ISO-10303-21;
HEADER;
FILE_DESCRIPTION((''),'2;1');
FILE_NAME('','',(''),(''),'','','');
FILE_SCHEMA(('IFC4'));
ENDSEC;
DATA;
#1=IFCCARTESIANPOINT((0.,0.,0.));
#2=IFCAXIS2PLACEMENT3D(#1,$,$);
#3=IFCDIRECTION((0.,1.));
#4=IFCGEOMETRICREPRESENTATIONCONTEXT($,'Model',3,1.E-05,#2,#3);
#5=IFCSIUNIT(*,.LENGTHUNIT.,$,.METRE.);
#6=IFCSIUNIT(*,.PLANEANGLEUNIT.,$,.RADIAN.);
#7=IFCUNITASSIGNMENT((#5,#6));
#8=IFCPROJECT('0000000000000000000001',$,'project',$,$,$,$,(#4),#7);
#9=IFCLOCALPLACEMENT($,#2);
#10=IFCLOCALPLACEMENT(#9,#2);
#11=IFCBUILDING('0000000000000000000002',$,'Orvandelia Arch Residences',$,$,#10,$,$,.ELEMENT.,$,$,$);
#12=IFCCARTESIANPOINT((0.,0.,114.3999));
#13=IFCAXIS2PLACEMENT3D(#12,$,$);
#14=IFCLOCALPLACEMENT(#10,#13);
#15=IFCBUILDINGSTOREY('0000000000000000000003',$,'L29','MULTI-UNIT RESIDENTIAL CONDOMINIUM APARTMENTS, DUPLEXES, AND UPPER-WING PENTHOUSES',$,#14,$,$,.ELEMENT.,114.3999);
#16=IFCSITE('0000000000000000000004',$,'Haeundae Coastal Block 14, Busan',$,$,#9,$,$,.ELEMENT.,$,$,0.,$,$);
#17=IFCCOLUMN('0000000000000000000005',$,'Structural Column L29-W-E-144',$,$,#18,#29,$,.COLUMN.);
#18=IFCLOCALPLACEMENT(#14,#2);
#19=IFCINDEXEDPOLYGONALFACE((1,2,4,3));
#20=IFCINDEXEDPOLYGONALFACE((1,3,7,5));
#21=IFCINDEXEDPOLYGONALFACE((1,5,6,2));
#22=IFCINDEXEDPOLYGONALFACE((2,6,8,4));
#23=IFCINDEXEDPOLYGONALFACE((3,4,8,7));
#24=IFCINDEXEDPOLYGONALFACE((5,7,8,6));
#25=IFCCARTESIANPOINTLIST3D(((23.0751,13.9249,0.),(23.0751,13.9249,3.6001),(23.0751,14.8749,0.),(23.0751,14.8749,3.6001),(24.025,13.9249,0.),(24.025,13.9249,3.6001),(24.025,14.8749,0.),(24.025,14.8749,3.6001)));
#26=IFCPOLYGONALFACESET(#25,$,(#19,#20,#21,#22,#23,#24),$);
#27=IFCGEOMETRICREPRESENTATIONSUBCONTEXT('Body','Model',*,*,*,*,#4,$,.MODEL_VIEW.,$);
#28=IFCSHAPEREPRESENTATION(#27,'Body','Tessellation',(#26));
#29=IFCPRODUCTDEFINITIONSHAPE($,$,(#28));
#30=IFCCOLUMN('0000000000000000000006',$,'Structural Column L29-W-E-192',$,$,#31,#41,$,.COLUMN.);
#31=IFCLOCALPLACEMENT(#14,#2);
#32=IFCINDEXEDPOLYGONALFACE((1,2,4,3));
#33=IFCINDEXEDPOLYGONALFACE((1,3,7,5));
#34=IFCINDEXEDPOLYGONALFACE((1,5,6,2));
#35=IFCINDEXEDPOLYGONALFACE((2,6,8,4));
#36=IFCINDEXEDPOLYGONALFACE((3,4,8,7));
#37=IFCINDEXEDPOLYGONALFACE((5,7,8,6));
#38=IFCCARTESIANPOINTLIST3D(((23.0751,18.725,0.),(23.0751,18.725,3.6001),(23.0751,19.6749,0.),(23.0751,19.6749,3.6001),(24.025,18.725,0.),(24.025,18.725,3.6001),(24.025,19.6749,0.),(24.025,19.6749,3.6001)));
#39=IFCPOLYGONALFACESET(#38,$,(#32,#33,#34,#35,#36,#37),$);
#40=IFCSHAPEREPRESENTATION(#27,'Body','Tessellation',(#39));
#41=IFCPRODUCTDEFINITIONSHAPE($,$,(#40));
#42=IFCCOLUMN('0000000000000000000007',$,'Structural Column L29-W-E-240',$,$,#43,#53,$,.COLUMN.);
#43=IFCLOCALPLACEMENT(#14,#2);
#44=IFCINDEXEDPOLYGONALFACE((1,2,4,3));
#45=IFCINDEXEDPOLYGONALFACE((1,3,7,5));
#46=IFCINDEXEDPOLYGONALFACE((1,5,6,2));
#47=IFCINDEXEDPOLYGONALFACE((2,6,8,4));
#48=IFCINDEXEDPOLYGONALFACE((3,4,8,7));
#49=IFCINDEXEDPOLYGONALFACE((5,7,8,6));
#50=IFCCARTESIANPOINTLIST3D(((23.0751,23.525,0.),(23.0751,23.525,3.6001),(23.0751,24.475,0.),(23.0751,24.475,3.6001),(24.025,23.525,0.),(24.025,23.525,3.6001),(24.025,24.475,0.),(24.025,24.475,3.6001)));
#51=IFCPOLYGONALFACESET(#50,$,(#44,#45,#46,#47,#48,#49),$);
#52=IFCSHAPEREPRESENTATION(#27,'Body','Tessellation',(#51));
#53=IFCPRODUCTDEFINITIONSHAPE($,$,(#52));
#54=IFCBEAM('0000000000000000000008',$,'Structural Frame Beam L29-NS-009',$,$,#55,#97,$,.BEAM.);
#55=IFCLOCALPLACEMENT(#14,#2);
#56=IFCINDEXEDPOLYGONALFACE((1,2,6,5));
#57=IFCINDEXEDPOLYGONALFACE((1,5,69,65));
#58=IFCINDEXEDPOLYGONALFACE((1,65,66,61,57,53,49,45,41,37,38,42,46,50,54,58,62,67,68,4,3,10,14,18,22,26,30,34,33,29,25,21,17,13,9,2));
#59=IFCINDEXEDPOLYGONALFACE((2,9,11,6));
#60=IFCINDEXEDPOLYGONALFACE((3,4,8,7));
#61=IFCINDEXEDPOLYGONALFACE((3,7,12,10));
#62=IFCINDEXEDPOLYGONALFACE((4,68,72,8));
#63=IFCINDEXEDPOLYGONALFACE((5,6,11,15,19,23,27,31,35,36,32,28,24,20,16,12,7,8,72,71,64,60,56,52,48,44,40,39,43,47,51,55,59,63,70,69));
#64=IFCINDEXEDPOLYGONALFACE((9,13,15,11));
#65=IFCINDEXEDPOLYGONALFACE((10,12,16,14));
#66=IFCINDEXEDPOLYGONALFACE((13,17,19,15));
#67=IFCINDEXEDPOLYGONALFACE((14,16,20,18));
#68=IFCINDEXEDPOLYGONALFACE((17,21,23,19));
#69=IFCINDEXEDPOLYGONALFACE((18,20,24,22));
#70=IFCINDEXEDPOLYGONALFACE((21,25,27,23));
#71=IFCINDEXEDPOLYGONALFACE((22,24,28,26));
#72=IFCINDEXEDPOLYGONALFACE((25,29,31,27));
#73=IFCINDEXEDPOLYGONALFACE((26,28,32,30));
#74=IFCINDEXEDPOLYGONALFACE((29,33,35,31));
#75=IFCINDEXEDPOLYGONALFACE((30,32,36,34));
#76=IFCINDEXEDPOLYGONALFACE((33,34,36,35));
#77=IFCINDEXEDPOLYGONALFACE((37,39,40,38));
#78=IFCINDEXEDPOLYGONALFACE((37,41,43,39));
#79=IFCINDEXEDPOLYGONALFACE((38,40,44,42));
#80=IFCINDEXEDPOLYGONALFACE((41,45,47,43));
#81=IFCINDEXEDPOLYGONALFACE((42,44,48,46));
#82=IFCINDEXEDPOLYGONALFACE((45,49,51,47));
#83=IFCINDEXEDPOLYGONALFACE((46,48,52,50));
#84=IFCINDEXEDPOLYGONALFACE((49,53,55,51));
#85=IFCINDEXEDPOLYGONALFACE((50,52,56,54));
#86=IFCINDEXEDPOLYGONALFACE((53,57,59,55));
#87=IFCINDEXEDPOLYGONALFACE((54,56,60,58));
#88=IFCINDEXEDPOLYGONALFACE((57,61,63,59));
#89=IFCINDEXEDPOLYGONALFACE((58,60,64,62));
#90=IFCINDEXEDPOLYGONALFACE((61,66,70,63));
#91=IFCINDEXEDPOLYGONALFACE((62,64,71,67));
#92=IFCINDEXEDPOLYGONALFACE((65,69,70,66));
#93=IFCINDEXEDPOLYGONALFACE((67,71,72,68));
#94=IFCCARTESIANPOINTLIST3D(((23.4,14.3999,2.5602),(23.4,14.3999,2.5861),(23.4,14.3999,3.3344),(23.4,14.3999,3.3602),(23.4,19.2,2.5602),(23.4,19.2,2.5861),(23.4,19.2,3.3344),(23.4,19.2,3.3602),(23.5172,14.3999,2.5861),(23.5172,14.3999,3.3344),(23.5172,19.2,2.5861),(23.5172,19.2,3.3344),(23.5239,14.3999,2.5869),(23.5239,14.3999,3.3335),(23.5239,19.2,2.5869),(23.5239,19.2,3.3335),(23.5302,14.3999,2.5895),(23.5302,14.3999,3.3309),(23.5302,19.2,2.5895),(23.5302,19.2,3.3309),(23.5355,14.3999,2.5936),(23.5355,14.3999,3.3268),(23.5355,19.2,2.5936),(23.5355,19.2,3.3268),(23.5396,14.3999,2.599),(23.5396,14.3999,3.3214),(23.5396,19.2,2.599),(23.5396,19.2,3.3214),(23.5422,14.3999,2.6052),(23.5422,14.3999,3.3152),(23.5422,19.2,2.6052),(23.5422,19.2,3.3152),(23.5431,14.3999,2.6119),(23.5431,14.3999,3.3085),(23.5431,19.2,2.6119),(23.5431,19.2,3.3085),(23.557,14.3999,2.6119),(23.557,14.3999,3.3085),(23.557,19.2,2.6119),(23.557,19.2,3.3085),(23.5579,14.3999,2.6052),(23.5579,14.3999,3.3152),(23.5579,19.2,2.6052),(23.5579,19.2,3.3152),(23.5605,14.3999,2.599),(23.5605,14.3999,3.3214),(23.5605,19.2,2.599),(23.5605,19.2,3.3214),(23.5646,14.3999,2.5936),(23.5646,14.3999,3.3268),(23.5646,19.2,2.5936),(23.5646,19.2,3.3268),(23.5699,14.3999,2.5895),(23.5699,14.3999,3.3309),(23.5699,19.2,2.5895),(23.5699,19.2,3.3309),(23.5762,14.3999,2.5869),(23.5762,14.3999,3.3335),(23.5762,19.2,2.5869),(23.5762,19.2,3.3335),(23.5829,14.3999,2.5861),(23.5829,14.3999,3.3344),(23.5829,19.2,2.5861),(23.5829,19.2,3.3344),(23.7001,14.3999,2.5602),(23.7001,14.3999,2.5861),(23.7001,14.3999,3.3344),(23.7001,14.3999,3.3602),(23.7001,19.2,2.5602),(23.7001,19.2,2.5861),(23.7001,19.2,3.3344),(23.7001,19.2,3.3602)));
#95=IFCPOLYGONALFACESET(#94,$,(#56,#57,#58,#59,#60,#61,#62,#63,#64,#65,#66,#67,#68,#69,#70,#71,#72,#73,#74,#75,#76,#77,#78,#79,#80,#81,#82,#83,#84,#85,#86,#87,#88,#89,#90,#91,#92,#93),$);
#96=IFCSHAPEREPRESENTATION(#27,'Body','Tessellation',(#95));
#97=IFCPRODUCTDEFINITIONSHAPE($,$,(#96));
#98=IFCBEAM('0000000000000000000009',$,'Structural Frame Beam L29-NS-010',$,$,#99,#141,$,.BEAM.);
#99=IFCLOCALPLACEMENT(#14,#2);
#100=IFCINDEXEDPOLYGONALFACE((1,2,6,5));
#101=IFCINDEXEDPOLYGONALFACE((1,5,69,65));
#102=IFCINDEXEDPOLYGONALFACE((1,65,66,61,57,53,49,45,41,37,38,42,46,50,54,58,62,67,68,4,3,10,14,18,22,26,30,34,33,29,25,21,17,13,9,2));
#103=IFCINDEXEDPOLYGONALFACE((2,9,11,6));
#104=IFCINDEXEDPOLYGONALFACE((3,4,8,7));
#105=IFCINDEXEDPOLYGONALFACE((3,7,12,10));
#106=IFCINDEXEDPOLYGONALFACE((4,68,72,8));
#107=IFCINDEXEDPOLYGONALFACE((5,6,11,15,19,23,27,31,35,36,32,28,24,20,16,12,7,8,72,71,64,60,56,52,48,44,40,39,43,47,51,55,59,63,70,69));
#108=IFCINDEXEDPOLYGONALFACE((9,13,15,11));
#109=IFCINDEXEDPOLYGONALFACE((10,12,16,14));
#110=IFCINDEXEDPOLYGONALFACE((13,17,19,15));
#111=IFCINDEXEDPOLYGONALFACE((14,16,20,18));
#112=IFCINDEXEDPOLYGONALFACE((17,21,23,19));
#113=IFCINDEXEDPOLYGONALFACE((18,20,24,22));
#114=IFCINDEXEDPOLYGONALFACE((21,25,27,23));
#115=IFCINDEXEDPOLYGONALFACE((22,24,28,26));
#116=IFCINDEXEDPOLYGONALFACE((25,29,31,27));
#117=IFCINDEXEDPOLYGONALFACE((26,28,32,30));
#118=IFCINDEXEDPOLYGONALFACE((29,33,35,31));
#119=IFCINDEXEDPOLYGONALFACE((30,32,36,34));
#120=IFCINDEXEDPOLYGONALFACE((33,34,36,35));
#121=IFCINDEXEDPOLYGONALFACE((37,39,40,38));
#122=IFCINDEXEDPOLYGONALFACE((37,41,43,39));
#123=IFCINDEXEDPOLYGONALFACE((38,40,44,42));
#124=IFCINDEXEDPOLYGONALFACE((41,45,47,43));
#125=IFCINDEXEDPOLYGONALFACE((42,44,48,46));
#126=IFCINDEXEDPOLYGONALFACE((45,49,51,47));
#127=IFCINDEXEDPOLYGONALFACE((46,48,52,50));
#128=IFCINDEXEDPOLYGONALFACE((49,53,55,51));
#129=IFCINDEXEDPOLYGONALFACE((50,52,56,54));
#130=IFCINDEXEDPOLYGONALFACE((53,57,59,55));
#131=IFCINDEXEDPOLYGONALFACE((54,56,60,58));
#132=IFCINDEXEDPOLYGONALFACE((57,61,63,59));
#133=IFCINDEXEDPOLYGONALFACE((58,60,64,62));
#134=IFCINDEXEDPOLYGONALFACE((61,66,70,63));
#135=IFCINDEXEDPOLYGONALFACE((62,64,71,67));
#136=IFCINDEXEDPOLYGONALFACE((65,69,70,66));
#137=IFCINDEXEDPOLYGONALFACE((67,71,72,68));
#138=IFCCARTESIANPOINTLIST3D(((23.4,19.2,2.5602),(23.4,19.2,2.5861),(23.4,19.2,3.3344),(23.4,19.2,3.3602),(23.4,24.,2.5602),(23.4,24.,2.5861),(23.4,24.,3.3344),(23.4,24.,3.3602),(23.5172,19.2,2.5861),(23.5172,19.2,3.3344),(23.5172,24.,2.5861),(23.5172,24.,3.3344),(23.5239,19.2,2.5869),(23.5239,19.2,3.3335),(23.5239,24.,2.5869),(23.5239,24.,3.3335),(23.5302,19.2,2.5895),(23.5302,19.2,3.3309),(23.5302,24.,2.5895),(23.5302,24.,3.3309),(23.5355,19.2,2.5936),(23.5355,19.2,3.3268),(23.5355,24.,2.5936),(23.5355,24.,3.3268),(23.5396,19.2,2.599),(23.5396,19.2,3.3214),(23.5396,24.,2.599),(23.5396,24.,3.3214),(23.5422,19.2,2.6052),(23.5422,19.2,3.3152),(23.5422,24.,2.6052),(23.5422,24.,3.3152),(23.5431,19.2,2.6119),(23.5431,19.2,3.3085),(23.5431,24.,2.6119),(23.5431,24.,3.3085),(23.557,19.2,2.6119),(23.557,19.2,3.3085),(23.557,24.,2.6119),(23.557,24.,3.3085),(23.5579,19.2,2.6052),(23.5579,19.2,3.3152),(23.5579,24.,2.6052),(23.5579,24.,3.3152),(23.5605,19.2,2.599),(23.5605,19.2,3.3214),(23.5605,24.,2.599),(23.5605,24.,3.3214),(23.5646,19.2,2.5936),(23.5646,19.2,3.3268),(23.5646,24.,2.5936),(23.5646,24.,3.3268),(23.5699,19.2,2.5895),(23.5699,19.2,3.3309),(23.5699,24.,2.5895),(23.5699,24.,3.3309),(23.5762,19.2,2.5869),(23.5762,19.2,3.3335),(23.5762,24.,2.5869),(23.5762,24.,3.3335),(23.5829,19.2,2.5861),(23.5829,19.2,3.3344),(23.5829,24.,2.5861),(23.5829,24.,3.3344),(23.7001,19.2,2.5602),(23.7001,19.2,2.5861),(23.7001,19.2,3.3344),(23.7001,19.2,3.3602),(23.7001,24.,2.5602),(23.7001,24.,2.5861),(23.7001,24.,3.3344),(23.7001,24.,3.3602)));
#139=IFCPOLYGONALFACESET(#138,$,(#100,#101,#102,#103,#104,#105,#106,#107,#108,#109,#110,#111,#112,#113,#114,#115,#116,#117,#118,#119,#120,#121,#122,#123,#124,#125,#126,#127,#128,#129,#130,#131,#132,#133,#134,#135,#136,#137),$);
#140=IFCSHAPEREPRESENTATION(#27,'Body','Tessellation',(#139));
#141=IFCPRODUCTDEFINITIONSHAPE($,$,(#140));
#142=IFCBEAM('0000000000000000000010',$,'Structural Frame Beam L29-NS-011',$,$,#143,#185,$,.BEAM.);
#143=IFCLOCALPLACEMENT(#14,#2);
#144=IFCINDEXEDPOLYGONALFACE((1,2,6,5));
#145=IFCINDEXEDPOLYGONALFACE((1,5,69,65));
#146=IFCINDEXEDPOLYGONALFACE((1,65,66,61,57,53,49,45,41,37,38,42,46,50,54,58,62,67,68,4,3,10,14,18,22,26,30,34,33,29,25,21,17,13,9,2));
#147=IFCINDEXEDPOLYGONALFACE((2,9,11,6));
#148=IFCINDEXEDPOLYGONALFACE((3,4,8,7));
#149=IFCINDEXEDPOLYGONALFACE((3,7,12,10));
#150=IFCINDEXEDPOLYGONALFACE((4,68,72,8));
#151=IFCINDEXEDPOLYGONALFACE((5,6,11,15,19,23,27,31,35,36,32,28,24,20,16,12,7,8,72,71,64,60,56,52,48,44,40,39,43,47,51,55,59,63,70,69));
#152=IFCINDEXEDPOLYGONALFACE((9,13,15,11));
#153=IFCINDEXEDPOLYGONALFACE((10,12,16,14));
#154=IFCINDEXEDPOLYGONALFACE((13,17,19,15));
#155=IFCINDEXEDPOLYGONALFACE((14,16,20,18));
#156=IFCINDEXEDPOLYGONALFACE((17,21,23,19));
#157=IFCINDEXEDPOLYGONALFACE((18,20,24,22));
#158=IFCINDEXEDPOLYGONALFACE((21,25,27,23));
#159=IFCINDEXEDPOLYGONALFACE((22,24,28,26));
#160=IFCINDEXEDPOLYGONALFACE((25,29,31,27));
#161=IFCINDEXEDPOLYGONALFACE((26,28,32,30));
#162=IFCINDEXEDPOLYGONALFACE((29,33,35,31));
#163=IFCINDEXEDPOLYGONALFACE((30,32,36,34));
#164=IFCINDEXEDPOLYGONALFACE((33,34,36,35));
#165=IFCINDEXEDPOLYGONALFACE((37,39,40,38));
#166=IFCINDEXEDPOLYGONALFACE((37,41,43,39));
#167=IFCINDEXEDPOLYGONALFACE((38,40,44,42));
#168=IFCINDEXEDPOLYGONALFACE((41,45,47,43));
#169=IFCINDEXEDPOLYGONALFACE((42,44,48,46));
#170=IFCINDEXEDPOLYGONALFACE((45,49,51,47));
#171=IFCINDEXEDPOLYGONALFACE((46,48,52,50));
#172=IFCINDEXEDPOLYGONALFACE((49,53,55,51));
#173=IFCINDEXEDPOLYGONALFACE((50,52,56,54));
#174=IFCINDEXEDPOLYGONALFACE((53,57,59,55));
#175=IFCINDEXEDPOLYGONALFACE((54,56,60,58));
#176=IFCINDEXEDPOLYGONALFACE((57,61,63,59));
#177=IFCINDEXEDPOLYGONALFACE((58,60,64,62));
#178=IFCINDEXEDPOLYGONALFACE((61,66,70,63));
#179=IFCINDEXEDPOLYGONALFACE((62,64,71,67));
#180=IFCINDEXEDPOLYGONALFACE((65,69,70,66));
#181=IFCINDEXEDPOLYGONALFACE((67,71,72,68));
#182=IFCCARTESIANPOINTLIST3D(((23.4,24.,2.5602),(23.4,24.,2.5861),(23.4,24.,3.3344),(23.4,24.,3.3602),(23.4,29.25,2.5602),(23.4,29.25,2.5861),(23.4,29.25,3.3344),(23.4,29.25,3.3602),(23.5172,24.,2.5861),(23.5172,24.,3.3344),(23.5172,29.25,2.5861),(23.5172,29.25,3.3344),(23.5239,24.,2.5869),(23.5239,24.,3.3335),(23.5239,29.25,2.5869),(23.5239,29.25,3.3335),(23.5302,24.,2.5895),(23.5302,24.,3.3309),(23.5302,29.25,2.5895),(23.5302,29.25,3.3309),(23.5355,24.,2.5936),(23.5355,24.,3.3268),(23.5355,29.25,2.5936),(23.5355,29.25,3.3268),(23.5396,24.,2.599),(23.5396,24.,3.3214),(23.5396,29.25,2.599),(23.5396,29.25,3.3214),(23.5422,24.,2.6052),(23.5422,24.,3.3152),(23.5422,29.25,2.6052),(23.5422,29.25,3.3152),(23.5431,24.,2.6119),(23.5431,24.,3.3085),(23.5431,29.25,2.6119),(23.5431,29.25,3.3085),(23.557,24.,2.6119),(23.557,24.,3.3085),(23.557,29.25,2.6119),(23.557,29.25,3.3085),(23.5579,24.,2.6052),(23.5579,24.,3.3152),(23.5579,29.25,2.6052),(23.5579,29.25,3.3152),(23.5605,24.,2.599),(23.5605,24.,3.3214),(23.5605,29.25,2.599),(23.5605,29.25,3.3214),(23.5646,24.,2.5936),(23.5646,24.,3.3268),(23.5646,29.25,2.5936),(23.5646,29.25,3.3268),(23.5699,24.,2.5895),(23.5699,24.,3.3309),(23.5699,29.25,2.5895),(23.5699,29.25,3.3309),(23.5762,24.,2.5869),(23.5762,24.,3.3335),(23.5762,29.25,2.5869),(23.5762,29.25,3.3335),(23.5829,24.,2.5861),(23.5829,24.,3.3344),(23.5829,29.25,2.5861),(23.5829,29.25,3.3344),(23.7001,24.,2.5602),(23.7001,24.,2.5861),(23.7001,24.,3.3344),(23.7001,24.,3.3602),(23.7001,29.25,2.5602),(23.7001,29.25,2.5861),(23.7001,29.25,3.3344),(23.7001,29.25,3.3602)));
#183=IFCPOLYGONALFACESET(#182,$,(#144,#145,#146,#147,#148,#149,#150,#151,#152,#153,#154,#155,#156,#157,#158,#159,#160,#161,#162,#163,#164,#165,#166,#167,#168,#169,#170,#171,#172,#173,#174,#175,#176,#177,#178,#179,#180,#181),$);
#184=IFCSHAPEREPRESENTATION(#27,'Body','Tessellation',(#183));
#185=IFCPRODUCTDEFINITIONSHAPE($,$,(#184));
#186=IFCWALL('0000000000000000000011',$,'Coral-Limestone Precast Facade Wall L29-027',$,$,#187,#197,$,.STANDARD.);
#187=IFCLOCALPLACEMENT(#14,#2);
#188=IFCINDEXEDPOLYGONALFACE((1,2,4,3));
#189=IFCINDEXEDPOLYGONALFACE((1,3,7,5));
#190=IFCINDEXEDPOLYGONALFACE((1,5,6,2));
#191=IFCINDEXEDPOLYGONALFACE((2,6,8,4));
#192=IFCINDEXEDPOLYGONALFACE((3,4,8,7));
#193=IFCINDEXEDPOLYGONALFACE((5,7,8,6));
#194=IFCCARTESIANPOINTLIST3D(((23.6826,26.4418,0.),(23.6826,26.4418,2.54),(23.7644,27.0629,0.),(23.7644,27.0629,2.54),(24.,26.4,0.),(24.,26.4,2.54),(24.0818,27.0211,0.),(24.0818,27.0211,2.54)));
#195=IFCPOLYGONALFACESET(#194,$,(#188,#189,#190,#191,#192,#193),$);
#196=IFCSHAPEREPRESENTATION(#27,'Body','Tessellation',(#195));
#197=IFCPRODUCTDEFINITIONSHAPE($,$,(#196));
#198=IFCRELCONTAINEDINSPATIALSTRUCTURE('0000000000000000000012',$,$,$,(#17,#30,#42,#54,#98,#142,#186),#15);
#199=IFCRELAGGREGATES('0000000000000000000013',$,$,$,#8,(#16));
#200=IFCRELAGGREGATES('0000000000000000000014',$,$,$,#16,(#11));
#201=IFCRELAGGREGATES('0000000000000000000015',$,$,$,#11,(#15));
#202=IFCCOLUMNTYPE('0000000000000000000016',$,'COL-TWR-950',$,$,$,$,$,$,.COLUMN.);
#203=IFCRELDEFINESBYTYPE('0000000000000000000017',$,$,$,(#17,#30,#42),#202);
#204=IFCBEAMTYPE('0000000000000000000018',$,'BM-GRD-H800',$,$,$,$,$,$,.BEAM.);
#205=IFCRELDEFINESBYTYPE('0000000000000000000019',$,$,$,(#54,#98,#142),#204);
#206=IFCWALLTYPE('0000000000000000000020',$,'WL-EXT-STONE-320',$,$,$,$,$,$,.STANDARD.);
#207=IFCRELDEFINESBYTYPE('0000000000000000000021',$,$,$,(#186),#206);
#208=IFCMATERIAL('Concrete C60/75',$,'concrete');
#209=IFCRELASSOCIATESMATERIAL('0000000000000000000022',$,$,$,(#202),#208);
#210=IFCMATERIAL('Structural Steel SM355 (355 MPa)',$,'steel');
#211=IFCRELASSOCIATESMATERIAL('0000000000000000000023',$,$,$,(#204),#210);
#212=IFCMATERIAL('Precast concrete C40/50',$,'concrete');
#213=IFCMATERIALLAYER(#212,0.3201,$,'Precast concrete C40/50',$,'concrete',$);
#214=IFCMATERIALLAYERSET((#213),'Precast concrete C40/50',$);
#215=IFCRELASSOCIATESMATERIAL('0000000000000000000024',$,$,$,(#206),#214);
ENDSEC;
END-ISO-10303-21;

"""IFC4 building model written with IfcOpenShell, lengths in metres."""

from ifc_helpers import new_model, si_unit, direction, frame, frame_2d, origin, origin_2d, place, context, subcontext, project, spatial, rectangle, i_section, extrude, material, layer, layer_set, material_profile, profile_set, type_object, element, save


model = new_model("IFC4")

# Units and contexts
model_context = context("Model", 3, precision=1e-05, world=origin(), true_north=direction((0.0, 1.0)))
body_context = subcontext(model_context, "Body", "Model", "MODEL_VIEW")
ifc_project = project(units=[si_unit("LENGTHUNIT", "METRE"), si_unit("PLANEANGLEUNIT", "RADIAN")], contexts=[model_context])

# Site, building, storey
site_placement = place(None, origin())
site = spatial("IfcSite", under=ifc_project, at=site_placement, Name="Haeundae Coastal Block 14, Busan", CompositionType="ELEMENT", RefElevation=0.0)
building_placement = place(site_placement, origin())
building = spatial("IfcBuilding", under=site, at=building_placement, Name="Orvandelia Arch Residences", CompositionType="ELEMENT")
storey_placement = place(building_placement, frame((0.0, 0.0, 114.3999)))
storey = spatial("IfcBuildingStorey", under=building, at=storey_placement, Name="L29", Description="MULTI-UNIT RESIDENTIAL CONDOMINIUM APARTMENTS, DUPLEXES, AND UPPER-WING PENTHOUSES", CompositionType="ELEMENT", Elevation=114.3999)

# Columns
ifc_material_1 = material(Name="Concrete C60/75", Category="concrete")
ifc_material_profile_1 = material_profile(ifc_material_1, rectangle(XDim=0.95, YDim=0.95, at=origin_2d()), Name="Concrete C60/75", Category="concrete")
ifc_profile_set_1 = profile_set([ifc_material_profile_1], Name="Concrete C60/75")
column_type = type_object("IfcColumnType", Name="COL-TWR-950", PredefinedType="COLUMN", material=ifc_profile_set_1)
for number, where, z_axis, x_axis, name in (
    (1, (23.55, 14.3999, 0.0), (0.0, 0.0, 1.0), (1.0, 0.0, 0.0), "Structural Column L29-W-E-144"),
    (2, (23.55, 19.2, 0.0), (0.0, 0.0, 1.0), (1.0, 0.0, 0.0), "Structural Column L29-W-E-192"),
    (3, (23.55, 24.0, 0.0), (0.0, 0.0, 1.0), (1.0, 0.0, 0.0), "Structural Column L29-W-E-240"),
):
    element("IfcColumn", number, at=place(storey_placement, frame(where, z_axis=z_axis, x_axis=x_axis)), inside=storey, type_object=column_type, Name=name, PredefinedType="COLUMN", context=body_context, shape_type="SweptSolid", body=[
        extrude(rectangle(XDim=0.95, YDim=0.95, at=origin_2d()), origin(), (0.0, 0.0, 1.0), 3.6001),
    ])

# Beams
ifc_material_2 = material(Name="Structural Steel SM355 (355 MPa)", Category="steel")
ifc_material_profile_2 = material_profile(ifc_material_2, i_section(OverallWidth=0.3, OverallDepth=0.8, WebThickness=0.0139, FlangeThickness=0.0259, FilletRadius=0.0259, at=origin_2d()), Name="Structural Steel SM355 (355 MPa)", Category="steel")
ifc_profile_set_2 = profile_set([ifc_material_profile_2], Name="Structural Steel SM355 (355 MPa)")
beam_type = type_object("IfcBeamType", Name="BM-GRD-H800", PredefinedType="BEAM", material=ifc_profile_set_2)
for number, where, z_axis, x_axis, name in (
    (4, (23.55, 14.3999, 2.9602), (0.0, 1.0, 0.0), (-1.0, 0.0, 0.0), "Structural Frame Beam L29-NS-009"),
    (5, (23.55, 19.2, 2.9602), (0.0, 1.0, 0.0), (-1.0, 0.0, 0.0), "Structural Frame Beam L29-NS-010"),
):
    element("IfcBeam", number, at=place(storey_placement, frame(where, z_axis=z_axis, x_axis=x_axis)), inside=storey, type_object=beam_type, Name=name, PredefinedType="BEAM", context=body_context, shape_type="SweptSolid", body=[
        extrude(i_section(OverallWidth=0.3, OverallDepth=0.8, WebThickness=0.0139, FlangeThickness=0.0259, FilletRadius=0.0259, at=origin_2d()), origin(), (0.0, 0.0, 1.0), 4.8),
    ])
beam_placement = place(storey_placement, frame((23.55, 24.0, 2.9602), z_axis=(0.0, 1.0, 0.0), x_axis=(-1.0, 0.0, 0.0)))
element("IfcBeam", 6, at=beam_placement, inside=storey, type_object=beam_type, Name="Structural Frame Beam L29-NS-011", PredefinedType="BEAM", context=body_context, shape_type="SweptSolid", body=[
    extrude(i_section(OverallWidth=0.3, OverallDepth=0.8, WebThickness=0.0139, FlangeThickness=0.0259, FilletRadius=0.0259, at=origin_2d()), origin(), (0.0, 0.0, 1.0), 5.25),
])

# Wall
ifc_material_3 = material(Name="Precast concrete C40/50", Category="concrete")
ifc_layer = layer(ifc_material_3, 0.3201, Name="Precast concrete C40/50", Category="concrete")
ifc_layer_set = layer_set([ifc_layer], Name="Precast concrete C40/50")
wall_type = type_object("IfcWallType", Name="WL-EXT-STONE-320", PredefinedType="STANDARD", material=ifc_layer_set)
wall_1_placement = place(storey_placement, frame((23.9231, 27.042, 0.0), z_axis=(0.0, 0.0, 1.0), x_axis=(-0.130555, -0.991441, 0.0)))
element("IfcWall", 7, at=wall_1_placement, inside=storey, type_object=wall_type, Name="Coral-Limestone Precast Facade Wall L29-027", PredefinedType="STANDARD", context=body_context, shape_type="SweptSolid", body=[
    extrude(rectangle(XDim=0.6265, YDim=0.3201, at=frame_2d((0.3132, 0.0))), origin(), (0.0, 0.0, 1.0), 2.54),
])

save(model, "model.ifc")
